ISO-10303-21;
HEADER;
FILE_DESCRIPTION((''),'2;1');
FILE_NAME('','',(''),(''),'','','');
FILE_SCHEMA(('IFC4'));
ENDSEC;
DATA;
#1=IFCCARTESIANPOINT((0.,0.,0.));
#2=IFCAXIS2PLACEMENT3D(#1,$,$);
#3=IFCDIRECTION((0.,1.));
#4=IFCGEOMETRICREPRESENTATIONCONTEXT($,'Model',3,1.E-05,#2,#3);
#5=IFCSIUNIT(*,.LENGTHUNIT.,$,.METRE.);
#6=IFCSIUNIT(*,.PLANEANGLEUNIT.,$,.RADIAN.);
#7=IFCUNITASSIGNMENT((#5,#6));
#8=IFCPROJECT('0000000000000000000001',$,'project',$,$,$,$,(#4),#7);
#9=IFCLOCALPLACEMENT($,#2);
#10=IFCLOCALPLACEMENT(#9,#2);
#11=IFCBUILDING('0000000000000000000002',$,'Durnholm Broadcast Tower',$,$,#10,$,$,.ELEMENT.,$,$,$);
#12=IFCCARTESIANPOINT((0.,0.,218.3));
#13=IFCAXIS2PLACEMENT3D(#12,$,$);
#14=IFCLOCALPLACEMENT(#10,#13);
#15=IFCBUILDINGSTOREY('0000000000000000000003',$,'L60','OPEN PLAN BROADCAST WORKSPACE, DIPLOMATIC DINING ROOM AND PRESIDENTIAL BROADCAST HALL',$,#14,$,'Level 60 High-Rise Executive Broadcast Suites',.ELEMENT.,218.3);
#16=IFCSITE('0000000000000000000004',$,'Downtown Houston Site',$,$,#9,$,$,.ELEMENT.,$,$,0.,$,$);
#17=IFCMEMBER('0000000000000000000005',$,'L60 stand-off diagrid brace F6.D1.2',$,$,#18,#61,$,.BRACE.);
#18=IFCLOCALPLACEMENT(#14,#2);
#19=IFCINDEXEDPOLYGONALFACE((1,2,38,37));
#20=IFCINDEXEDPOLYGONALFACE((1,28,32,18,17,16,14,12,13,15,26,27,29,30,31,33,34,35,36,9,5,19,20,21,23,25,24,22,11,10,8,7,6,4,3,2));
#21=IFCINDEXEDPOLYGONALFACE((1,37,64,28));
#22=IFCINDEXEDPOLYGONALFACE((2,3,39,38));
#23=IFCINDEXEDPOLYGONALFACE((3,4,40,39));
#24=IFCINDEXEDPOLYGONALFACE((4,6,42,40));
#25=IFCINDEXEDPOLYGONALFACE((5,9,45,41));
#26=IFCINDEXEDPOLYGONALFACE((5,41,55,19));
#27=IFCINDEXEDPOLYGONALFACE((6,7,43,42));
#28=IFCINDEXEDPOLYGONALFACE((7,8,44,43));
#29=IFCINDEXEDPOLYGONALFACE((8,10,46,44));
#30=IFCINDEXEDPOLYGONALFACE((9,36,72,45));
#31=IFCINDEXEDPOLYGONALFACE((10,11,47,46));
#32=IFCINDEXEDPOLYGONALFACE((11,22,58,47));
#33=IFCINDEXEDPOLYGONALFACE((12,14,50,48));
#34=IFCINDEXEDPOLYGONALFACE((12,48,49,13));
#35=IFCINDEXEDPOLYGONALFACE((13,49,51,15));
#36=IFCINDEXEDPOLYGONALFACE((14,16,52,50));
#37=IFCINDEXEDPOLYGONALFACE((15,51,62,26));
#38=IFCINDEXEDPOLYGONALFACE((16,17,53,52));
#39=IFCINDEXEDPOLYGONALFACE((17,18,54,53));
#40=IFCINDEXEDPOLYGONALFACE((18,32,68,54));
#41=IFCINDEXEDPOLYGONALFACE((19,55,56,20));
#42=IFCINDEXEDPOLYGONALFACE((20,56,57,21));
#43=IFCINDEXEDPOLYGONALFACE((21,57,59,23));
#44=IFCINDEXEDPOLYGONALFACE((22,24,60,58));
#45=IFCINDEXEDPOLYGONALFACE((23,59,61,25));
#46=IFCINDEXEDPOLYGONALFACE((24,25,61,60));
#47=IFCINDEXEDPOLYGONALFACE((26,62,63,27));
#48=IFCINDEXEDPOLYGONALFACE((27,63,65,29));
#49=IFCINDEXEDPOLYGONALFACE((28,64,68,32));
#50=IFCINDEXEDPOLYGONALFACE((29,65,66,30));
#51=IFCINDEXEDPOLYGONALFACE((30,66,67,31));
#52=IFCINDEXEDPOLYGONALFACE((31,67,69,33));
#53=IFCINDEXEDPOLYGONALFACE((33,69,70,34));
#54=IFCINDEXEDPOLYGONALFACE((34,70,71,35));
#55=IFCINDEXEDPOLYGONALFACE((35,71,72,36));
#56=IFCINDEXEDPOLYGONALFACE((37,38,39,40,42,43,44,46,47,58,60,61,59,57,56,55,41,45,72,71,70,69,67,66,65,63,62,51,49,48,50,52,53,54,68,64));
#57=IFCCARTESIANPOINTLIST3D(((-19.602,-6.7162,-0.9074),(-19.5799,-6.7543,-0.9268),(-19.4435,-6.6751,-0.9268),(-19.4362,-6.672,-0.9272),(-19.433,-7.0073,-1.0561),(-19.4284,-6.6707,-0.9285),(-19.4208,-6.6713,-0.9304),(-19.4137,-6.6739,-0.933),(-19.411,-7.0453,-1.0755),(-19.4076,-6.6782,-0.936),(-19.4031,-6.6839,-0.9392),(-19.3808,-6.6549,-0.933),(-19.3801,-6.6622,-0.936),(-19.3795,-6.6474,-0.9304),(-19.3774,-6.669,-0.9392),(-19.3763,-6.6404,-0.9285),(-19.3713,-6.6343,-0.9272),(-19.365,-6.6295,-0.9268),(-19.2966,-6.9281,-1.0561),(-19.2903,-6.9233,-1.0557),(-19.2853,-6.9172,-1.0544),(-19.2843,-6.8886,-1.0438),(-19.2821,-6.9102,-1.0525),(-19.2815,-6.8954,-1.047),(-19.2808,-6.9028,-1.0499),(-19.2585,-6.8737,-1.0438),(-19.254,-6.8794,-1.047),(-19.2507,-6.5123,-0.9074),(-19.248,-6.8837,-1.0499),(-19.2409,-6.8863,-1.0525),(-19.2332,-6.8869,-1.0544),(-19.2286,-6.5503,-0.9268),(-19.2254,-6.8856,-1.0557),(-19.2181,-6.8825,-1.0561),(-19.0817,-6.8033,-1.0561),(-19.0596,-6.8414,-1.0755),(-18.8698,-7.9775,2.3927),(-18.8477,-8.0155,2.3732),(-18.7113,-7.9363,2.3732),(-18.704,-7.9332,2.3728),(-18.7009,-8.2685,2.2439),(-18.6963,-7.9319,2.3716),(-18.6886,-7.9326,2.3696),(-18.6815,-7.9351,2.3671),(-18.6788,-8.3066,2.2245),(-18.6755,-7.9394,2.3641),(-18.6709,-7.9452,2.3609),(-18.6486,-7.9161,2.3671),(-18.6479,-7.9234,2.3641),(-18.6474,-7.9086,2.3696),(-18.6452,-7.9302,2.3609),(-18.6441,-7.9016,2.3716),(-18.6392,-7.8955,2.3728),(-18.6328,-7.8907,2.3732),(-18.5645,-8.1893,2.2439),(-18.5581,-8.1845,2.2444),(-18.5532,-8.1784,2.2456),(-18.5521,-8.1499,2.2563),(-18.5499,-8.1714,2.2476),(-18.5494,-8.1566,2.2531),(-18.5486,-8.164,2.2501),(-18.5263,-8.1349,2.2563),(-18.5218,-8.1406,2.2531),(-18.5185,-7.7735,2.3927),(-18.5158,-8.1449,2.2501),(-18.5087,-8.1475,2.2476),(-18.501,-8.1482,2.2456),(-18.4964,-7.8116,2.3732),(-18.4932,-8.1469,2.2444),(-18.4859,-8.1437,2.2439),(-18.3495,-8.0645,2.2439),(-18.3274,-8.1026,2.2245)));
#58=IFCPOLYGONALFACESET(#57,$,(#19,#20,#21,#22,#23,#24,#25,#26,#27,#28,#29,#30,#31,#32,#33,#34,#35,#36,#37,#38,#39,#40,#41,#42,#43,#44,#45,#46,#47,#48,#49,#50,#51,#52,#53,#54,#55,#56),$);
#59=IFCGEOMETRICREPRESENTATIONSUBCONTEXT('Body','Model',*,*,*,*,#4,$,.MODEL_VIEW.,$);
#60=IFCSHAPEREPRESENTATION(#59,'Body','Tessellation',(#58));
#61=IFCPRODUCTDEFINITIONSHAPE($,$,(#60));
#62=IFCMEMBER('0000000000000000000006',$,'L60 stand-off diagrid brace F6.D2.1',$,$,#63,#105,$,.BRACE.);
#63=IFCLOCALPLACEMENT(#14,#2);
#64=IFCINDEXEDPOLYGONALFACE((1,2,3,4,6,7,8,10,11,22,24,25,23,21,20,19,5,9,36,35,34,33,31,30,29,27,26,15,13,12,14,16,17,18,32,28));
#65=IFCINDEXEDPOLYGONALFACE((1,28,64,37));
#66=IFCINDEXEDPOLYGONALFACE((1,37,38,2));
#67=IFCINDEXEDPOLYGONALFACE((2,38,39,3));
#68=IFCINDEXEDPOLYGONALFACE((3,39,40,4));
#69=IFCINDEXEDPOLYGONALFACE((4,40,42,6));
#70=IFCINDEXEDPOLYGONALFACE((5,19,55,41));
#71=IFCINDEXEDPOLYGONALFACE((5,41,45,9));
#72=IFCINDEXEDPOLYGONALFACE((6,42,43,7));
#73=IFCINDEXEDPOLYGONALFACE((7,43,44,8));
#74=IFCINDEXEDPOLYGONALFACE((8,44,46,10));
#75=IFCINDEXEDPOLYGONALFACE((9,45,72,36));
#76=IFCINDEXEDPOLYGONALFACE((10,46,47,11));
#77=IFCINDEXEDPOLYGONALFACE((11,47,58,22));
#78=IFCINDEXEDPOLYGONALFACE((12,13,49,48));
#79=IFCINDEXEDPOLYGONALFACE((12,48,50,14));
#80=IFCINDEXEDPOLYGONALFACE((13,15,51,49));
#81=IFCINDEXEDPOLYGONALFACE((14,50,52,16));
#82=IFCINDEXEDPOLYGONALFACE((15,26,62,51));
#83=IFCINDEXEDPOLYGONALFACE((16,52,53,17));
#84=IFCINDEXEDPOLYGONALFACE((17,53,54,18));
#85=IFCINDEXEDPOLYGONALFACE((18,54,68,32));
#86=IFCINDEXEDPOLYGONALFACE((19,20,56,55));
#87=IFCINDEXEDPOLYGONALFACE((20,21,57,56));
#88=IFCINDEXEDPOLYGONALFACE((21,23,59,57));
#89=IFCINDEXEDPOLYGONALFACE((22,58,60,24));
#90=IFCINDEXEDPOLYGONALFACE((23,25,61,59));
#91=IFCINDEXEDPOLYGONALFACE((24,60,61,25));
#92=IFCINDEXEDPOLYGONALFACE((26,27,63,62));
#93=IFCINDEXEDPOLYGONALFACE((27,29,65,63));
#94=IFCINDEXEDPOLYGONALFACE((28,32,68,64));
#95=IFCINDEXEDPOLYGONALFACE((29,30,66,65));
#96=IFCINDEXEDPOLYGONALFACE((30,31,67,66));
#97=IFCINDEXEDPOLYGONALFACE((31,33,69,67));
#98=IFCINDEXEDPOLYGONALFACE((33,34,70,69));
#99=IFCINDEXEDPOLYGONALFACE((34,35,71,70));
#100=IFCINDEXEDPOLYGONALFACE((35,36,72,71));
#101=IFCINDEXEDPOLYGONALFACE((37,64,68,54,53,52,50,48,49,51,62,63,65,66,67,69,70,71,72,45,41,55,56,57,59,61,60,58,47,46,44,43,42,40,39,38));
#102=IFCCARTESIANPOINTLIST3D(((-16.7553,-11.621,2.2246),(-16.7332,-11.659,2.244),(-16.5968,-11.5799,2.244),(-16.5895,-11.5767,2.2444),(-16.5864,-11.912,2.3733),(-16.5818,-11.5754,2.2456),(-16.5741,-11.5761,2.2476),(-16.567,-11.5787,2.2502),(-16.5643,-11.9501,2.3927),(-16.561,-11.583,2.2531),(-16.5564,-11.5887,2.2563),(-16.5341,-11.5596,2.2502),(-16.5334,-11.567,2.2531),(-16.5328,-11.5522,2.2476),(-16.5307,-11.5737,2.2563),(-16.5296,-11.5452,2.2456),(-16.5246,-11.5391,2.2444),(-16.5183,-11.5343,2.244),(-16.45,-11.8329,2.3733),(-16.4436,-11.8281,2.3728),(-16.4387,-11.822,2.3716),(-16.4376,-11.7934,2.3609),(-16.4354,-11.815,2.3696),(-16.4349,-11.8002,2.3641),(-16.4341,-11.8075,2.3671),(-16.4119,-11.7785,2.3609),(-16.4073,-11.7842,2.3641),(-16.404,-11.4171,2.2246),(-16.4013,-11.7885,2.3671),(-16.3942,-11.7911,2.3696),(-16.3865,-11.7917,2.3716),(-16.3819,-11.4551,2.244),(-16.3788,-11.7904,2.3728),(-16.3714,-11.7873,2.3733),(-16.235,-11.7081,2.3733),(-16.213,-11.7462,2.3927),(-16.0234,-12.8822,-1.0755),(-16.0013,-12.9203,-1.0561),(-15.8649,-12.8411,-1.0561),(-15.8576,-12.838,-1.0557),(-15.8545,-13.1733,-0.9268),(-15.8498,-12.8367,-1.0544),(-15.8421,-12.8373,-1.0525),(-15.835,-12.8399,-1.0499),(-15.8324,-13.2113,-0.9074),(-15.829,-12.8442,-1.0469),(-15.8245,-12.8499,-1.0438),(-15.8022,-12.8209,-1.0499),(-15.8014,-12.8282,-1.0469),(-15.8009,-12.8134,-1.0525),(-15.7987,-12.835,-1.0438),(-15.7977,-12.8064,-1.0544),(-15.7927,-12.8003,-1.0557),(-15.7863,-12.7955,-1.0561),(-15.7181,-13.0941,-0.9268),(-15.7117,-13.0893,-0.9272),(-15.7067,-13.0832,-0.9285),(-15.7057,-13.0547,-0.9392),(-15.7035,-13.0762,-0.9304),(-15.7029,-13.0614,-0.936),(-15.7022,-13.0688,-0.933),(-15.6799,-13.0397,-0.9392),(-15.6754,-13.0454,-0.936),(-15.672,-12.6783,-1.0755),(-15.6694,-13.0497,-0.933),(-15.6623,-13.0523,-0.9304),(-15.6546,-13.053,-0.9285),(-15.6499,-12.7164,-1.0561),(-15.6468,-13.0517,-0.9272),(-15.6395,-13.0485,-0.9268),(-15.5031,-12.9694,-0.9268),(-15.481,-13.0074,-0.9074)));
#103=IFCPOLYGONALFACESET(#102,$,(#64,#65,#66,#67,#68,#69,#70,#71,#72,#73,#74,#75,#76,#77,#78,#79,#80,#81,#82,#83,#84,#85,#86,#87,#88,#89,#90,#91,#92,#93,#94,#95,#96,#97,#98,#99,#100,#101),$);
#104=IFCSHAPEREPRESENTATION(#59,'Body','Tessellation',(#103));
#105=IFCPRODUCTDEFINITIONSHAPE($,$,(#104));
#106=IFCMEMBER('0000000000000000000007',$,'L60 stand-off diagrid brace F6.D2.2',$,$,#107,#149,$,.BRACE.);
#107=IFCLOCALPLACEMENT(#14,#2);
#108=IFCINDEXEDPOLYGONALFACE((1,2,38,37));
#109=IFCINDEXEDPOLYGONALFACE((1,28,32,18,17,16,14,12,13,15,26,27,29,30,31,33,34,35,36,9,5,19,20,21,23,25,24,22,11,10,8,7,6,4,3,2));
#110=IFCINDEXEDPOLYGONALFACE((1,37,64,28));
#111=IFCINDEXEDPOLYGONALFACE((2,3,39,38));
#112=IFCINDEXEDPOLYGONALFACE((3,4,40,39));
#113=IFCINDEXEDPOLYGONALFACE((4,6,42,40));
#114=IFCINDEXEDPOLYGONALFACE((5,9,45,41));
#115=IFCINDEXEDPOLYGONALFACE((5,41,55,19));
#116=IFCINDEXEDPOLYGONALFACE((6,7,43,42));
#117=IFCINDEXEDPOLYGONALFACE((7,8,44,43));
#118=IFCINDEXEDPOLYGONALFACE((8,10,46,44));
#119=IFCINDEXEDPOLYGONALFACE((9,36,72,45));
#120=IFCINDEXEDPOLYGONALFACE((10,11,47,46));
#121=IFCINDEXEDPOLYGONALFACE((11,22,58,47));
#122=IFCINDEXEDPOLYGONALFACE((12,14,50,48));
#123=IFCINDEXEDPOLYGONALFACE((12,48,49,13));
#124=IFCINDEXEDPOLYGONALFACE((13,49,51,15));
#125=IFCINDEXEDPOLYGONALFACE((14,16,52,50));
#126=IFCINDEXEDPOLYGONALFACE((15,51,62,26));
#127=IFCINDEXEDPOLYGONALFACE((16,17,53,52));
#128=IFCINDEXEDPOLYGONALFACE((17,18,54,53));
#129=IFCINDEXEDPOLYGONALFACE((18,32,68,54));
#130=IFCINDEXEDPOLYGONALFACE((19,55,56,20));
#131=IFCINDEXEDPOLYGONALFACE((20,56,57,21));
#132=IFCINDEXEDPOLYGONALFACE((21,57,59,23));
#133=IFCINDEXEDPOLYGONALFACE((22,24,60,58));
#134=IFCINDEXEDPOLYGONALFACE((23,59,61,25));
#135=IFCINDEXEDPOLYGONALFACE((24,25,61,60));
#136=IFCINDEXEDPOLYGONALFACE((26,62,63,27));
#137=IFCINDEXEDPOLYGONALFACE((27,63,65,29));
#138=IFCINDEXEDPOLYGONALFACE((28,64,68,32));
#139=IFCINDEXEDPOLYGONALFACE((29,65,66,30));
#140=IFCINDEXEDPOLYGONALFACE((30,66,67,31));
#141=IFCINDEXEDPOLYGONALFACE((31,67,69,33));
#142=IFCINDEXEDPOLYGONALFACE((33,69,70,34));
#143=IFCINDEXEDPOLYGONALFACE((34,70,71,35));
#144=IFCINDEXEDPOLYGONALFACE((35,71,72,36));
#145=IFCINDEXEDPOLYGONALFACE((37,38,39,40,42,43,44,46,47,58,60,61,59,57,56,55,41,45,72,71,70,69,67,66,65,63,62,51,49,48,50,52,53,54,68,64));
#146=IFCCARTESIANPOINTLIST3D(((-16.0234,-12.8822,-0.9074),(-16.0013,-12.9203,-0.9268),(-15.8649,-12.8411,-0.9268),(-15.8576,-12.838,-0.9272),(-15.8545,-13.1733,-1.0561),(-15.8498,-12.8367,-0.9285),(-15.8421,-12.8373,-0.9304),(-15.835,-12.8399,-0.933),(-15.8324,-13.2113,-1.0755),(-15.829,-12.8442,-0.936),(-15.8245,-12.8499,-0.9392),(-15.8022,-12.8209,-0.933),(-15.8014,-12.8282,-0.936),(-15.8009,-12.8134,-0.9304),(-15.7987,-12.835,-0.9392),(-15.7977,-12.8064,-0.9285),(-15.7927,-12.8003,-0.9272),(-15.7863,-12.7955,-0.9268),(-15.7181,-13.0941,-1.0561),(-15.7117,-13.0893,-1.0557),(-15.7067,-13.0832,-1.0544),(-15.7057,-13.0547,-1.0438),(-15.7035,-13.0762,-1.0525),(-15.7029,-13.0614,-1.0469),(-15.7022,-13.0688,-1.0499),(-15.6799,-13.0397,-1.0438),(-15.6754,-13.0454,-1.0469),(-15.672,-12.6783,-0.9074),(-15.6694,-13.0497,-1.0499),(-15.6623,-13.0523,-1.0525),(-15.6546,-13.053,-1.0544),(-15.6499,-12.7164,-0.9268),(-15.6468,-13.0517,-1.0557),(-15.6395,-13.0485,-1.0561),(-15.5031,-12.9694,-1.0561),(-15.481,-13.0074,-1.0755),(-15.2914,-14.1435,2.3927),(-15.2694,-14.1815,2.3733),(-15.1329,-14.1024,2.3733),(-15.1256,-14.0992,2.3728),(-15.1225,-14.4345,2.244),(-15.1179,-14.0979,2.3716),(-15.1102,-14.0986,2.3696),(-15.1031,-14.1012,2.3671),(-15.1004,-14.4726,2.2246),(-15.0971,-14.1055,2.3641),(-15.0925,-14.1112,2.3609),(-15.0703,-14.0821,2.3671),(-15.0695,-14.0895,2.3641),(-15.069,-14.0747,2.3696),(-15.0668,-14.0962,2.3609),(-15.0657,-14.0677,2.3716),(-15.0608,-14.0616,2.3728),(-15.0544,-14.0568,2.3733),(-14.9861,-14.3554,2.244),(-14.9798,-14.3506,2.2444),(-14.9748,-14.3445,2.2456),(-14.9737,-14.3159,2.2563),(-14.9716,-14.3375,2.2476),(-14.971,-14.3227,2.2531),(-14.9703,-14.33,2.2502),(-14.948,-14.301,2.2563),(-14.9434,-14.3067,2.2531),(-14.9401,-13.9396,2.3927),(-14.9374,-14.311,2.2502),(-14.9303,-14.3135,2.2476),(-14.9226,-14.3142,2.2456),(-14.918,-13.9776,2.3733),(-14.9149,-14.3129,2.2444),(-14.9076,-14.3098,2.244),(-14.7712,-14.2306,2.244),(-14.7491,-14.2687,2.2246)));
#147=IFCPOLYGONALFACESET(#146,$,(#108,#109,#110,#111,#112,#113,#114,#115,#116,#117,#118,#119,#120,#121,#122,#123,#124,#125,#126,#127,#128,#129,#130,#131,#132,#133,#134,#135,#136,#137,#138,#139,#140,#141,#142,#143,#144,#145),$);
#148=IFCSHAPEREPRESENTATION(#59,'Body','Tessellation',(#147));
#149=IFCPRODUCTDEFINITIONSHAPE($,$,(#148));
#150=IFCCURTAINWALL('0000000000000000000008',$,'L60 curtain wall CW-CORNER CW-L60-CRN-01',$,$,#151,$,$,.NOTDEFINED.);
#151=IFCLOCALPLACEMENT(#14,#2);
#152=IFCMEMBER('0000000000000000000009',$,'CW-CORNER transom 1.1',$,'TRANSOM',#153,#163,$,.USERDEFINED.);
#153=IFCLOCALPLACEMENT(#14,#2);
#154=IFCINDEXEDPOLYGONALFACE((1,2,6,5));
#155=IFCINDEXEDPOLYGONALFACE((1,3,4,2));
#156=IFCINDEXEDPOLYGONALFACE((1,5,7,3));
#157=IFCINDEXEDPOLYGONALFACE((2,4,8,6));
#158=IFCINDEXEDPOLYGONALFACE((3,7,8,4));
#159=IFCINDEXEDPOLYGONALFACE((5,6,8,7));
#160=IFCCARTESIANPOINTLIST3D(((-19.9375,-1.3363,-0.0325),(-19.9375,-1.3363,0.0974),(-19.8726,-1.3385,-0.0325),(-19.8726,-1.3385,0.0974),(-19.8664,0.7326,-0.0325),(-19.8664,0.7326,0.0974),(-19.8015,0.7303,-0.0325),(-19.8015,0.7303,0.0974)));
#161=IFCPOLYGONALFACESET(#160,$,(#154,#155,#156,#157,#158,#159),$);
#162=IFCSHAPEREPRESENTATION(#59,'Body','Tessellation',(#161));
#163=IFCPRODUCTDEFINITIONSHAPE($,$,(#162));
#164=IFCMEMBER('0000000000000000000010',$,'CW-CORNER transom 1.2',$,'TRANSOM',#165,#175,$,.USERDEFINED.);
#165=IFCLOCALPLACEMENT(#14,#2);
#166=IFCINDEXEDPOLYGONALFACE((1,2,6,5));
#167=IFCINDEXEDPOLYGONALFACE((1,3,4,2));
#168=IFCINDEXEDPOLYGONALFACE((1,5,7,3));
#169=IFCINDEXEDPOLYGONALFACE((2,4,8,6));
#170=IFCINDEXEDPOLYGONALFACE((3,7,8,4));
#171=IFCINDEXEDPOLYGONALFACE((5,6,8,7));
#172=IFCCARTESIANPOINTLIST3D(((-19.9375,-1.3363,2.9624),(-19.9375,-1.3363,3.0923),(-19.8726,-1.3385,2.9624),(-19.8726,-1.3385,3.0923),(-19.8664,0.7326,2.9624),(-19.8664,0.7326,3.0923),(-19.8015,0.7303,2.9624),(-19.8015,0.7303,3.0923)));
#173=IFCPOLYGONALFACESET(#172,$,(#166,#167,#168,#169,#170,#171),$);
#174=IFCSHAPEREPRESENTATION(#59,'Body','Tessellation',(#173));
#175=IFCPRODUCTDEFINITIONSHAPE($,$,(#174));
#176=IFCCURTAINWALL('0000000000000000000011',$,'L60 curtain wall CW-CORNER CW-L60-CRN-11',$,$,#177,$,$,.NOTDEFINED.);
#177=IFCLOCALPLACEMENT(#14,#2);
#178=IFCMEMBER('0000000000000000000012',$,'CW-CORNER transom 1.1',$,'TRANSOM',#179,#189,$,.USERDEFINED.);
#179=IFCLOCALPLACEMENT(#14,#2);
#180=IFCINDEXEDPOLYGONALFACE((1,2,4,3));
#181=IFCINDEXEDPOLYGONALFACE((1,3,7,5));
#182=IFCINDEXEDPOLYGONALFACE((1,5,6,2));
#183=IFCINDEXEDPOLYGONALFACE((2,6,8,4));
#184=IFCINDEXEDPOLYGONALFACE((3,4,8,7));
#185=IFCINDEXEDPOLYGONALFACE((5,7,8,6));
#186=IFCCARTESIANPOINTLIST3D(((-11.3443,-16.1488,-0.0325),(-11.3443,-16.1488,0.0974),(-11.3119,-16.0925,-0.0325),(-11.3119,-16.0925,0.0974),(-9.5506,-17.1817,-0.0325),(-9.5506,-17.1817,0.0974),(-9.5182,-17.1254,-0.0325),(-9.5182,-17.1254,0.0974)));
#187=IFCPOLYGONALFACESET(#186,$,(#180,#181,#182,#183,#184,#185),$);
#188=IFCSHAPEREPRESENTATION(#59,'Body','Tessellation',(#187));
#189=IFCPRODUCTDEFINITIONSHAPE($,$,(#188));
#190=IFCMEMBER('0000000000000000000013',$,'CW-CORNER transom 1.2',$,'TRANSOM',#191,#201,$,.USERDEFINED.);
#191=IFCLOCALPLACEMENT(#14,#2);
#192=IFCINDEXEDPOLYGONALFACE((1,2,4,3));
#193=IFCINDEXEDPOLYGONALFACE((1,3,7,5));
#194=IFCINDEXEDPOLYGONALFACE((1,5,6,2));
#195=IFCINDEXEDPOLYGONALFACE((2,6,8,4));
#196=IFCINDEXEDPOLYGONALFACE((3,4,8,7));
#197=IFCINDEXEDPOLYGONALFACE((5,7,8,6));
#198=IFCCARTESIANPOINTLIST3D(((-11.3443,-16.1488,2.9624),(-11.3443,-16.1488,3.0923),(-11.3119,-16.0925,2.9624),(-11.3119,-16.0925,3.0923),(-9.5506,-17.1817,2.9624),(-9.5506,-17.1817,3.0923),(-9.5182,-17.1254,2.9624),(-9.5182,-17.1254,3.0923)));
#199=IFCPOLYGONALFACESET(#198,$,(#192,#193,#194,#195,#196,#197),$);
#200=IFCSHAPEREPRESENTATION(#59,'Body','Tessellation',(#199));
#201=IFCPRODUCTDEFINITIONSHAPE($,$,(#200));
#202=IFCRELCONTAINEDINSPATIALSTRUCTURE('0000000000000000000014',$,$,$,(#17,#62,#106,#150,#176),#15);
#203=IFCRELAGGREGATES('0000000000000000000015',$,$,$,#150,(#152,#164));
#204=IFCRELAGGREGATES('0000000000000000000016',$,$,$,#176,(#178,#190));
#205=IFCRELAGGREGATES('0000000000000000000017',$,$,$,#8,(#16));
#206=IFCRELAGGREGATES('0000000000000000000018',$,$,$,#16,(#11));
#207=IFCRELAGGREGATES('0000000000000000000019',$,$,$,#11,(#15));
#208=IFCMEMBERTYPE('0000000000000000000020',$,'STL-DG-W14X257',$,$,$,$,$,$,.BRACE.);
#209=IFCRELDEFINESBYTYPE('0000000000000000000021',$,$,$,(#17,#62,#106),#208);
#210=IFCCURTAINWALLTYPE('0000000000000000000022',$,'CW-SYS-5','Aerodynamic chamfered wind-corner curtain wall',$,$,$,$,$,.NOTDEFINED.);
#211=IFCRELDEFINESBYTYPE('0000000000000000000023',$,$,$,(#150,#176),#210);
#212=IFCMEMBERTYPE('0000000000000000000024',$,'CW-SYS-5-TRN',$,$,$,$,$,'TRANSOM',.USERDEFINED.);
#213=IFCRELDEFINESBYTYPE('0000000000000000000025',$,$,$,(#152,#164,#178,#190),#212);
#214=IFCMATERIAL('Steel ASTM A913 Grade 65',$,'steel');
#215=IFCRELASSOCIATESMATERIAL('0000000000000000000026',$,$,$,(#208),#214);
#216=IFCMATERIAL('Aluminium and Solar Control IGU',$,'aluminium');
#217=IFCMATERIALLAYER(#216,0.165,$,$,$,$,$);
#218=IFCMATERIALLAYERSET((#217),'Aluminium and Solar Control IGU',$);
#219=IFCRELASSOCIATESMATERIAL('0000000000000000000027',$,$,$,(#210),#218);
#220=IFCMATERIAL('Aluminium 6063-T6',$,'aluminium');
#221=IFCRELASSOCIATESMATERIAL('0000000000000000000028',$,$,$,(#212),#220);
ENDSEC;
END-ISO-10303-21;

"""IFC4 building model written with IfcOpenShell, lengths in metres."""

from ifc_helpers import new_model, si_unit, direction, frame, origin, origin_2d, place, context, subcontext, project, spatial, rectangle, i_section, extrude, source, transform, mapped, material, layer, layer_set, material_profile, profile_set, type_object, type_shapes, element, aggregate, save


model = new_model("IFC4")

# Units and contexts
model_context = context("Model", 3, precision=1e-05, world=origin(), true_north=direction((0.0, 1.0)))
body_context = subcontext(model_context, "Body", "Model", "MODEL_VIEW")
ifc_project = project(units=[si_unit("LENGTHUNIT", "METRE"), si_unit("PLANEANGLEUNIT", "RADIAN")], contexts=[model_context])

# Site, building, storey
site_placement = place(None, origin())
site = spatial("IfcSite", under=ifc_project, at=site_placement, Name="Downtown Houston Site", CompositionType="ELEMENT", RefElevation=0.0)
building_placement = place(site_placement, origin())
building = spatial("IfcBuilding", under=site, at=building_placement, Name="Durnholm Broadcast Tower", CompositionType="ELEMENT")
storey_placement = place(building_placement, frame((0.0, 0.0, 218.3)))
storey = spatial("IfcBuildingStorey", under=building, at=storey_placement, Name="L60", Description="OPEN PLAN BROADCAST WORKSPACE, DIPLOMATIC DINING ROOM AND PRESIDENTIAL BROADCAST HALL", LongName="Level 60 High-Rise Executive Broadcast Suites", CompositionType="ELEMENT", Elevation=218.3)

# Members
ifc_material_1 = material(Name="Steel ASTM A913 Grade 65", Category="steel")
ifc_material_profile_1 = material_profile(ifc_material_1, i_section(OverallWidth=0.4062, OverallDepth=0.416, WebThickness=0.0298, FlangeThickness=0.0481, FilletRadius=0.0305, at=origin_2d()), Name="W14X257")
ifc_profile_set_1 = profile_set([ifc_material_profile_1], Name="Steel ASTM A913 Grade 65")
member_type_1 = type_object("IfcMemberType", Name="STL-DG-W14X257", PredefinedType="BRACE", material=ifc_profile_set_1)
shared_shape_1 = source(origin(), body_context, "Body", "SweptSolid", [
    extrude(i_section(OverallWidth=0.4062, OverallDepth=0.416, WebThickness=0.0298, FlangeThickness=0.0481, FilletRadius=0.0305, at=origin_2d()), origin(), (0.0, 0.0, 1.0), 3.6079),
])
type_shapes(member_type_1, [shared_shape_1])
for number, where, z_axis, x_axis, name in (
    (1, (-19.3308, -6.7788, -0.9915), (0.202936, -0.349572, 0.914667), (0.864833, 0.502059, 0.0), "L60 stand-off diagrid brace F6.D1.2"),
    (2, (-15.7522, -12.9448, -0.9915), (-0.202871, 0.349577, 0.91468), (-0.864906, -0.501934, 0.0), "L60 stand-off diagrid brace F6.D2.1"),
    (3, (-15.7522, -12.9448, -0.9915), (0.202871, -0.349577, 0.91468), (0.864906, 0.501934, 0.0), "L60 stand-off diagrid brace F6.D2.2"),
):
    element("IfcMember", number, at=place(storey_placement, frame(where, z_axis=z_axis, x_axis=x_axis)), inside=storey, type_object=member_type_1, Name=name, PredefinedType="BRACE", context=body_context, shape_type="MappedRepresentation", body=[
        mapped(shared_shape_1, transform((0.0, 0.0, 0.0), x_axis=(1.0, 0.0, 0.0), y_axis=(0.0, 1.0, 0.0), z_axis=(0.0, 0.0, 1.0), scale=1.0)),
    ])

# Curtain walls, members
ifc_material_2 = material(Name="Aluminium and Solar Control IGU", Category="aluminium")
ifc_layer_1 = layer(ifc_material_2, 0.165)
ifc_layer_set_1 = layer_set([ifc_layer_1], Name="Aluminium and Solar Control IGU")
curtain_wall_type_1 = type_object("IfcCurtainWallType", Name="CW-SYS-5", Description="Aerodynamic chamfered wind-corner curtain wall", PredefinedType="NOTDEFINED", material=ifc_layer_set_1)
curtain_wall_1_placement = place(storey_placement, origin())
curtain_wall_1 = element("IfcCurtainWall", 4, at=curtain_wall_1_placement, inside=storey, type_object=curtain_wall_type_1, Name="L60 curtain wall CW-CORNER CW-L60-CRN-01", PredefinedType="NOTDEFINED")
ifc_material_3 = material(Name="Aluminium 6063-T6", Category="aluminium")
ifc_material_profile_2 = material_profile(ifc_material_3, rectangle(XDim=0.0649, YDim=0.1299, at=origin_2d()), Name="CWT65X130")
ifc_profile_set_2 = profile_set([ifc_material_profile_2], Name="Aluminium 6063-T6")
member_type_2 = type_object("IfcMemberType", Name="CW-SYS-5-TRN", ElementType="TRANSOM", PredefinedType="USERDEFINED", material=ifc_profile_set_2)
shared_shape_2 = source(origin(), body_context, "Body", "SweptSolid", [
    extrude(rectangle(XDim=0.0649, YDim=0.1299, at=origin_2d()), origin(), (0.0, 0.0, 1.0), 2.0701),
])
member_1_placement = place(storey_placement, frame((-19.905, -1.3374, 0.0325), z_axis=(0.03432, 0.999411, 0.0), x_axis=(-0.999411, 0.03432, 0.0)))
member_1 = element("IfcMember", 5, at=member_1_placement, type_object=member_type_2, Name="CW-CORNER transom 1.1", ObjectType="TRANSOM", PredefinedType="USERDEFINED", context=body_context, shape_type="MappedRepresentation", body=[
    mapped(shared_shape_2, transform((0.0, 0.0, 0.0), x_axis=(1.0, 0.0, 0.0), y_axis=(0.0, 1.0, 0.0), z_axis=(0.0, 0.0, 1.0), scale=1.0)),
])
member_2_placement = place(storey_placement, frame((-19.905, -1.3374, 3.0273), z_axis=(0.03432, 0.999411, 0.0), x_axis=(-0.999411, 0.03432, 0.0)))
member_2 = element("IfcMember", 6, at=member_2_placement, type_object=member_type_2, Name="CW-CORNER transom 1.2", ObjectType="TRANSOM", PredefinedType="USERDEFINED", context=body_context, shape_type="MappedRepresentation", body=[
    mapped(shared_shape_2, transform((0.0, 0.0, 0.0), x_axis=(1.0, 0.0, 0.0), y_axis=(0.0, 1.0, 0.0), z_axis=(0.0, 0.0, 1.0), scale=1.0)),
])
curtain_wall_2_placement = place(storey_placement, origin())
curtain_wall_2 = element("IfcCurtainWall", 7, at=curtain_wall_2_placement, inside=storey, type_object=curtain_wall_type_1, Name="L60 curtain wall CW-CORNER CW-L60-CRN-11", PredefinedType="NOTDEFINED")
shared_shape_3 = source(origin(), body_context, "Body", "SweptSolid", [
    extrude(rectangle(XDim=0.0649, YDim=0.1299, at=origin_2d()), origin(), (0.0, 0.0, 1.0), 2.0698),
])
type_shapes(member_type_2, [shared_shape_2, shared_shape_3])
member_3_placement = place(storey_placement, frame((-9.5344, -17.1536, 0.0325), z_axis=(-0.866576, 0.499045, 0.0), x_axis=(-0.499045, -0.866576, 0.0)))
member_3 = element("IfcMember", 8, at=member_3_placement, type_object=member_type_2, Name="CW-CORNER transom 1.1", ObjectType="TRANSOM", PredefinedType="USERDEFINED", context=body_context, shape_type="MappedRepresentation", body=[
    mapped(shared_shape_3, transform((0.0, 0.0, 0.0), x_axis=(1.0, 0.0, 0.0), y_axis=(0.0, 1.0, 0.0), z_axis=(0.0, 0.0, 1.0), scale=1.0)),
])
member_4_placement = place(storey_placement, frame((-9.5344, -17.1536, 3.0273), z_axis=(-0.866576, 0.499045, 0.0), x_axis=(-0.499045, -0.866576, 0.0)))
member_4 = element("IfcMember", 9, at=member_4_placement, type_object=member_type_2, Name="CW-CORNER transom 1.2", ObjectType="TRANSOM", PredefinedType="USERDEFINED", context=body_context, shape_type="MappedRepresentation", body=[
    mapped(shared_shape_3, transform((0.0, 0.0, 0.0), x_axis=(1.0, 0.0, 0.0), y_axis=(0.0, 1.0, 0.0), z_axis=(0.0, 0.0, 1.0), scale=1.0)),
])

aggregate(curtain_wall_1, [member_1, member_2])
aggregate(curtain_wall_2, [member_3, member_4])

save(model, "model.ifc")
